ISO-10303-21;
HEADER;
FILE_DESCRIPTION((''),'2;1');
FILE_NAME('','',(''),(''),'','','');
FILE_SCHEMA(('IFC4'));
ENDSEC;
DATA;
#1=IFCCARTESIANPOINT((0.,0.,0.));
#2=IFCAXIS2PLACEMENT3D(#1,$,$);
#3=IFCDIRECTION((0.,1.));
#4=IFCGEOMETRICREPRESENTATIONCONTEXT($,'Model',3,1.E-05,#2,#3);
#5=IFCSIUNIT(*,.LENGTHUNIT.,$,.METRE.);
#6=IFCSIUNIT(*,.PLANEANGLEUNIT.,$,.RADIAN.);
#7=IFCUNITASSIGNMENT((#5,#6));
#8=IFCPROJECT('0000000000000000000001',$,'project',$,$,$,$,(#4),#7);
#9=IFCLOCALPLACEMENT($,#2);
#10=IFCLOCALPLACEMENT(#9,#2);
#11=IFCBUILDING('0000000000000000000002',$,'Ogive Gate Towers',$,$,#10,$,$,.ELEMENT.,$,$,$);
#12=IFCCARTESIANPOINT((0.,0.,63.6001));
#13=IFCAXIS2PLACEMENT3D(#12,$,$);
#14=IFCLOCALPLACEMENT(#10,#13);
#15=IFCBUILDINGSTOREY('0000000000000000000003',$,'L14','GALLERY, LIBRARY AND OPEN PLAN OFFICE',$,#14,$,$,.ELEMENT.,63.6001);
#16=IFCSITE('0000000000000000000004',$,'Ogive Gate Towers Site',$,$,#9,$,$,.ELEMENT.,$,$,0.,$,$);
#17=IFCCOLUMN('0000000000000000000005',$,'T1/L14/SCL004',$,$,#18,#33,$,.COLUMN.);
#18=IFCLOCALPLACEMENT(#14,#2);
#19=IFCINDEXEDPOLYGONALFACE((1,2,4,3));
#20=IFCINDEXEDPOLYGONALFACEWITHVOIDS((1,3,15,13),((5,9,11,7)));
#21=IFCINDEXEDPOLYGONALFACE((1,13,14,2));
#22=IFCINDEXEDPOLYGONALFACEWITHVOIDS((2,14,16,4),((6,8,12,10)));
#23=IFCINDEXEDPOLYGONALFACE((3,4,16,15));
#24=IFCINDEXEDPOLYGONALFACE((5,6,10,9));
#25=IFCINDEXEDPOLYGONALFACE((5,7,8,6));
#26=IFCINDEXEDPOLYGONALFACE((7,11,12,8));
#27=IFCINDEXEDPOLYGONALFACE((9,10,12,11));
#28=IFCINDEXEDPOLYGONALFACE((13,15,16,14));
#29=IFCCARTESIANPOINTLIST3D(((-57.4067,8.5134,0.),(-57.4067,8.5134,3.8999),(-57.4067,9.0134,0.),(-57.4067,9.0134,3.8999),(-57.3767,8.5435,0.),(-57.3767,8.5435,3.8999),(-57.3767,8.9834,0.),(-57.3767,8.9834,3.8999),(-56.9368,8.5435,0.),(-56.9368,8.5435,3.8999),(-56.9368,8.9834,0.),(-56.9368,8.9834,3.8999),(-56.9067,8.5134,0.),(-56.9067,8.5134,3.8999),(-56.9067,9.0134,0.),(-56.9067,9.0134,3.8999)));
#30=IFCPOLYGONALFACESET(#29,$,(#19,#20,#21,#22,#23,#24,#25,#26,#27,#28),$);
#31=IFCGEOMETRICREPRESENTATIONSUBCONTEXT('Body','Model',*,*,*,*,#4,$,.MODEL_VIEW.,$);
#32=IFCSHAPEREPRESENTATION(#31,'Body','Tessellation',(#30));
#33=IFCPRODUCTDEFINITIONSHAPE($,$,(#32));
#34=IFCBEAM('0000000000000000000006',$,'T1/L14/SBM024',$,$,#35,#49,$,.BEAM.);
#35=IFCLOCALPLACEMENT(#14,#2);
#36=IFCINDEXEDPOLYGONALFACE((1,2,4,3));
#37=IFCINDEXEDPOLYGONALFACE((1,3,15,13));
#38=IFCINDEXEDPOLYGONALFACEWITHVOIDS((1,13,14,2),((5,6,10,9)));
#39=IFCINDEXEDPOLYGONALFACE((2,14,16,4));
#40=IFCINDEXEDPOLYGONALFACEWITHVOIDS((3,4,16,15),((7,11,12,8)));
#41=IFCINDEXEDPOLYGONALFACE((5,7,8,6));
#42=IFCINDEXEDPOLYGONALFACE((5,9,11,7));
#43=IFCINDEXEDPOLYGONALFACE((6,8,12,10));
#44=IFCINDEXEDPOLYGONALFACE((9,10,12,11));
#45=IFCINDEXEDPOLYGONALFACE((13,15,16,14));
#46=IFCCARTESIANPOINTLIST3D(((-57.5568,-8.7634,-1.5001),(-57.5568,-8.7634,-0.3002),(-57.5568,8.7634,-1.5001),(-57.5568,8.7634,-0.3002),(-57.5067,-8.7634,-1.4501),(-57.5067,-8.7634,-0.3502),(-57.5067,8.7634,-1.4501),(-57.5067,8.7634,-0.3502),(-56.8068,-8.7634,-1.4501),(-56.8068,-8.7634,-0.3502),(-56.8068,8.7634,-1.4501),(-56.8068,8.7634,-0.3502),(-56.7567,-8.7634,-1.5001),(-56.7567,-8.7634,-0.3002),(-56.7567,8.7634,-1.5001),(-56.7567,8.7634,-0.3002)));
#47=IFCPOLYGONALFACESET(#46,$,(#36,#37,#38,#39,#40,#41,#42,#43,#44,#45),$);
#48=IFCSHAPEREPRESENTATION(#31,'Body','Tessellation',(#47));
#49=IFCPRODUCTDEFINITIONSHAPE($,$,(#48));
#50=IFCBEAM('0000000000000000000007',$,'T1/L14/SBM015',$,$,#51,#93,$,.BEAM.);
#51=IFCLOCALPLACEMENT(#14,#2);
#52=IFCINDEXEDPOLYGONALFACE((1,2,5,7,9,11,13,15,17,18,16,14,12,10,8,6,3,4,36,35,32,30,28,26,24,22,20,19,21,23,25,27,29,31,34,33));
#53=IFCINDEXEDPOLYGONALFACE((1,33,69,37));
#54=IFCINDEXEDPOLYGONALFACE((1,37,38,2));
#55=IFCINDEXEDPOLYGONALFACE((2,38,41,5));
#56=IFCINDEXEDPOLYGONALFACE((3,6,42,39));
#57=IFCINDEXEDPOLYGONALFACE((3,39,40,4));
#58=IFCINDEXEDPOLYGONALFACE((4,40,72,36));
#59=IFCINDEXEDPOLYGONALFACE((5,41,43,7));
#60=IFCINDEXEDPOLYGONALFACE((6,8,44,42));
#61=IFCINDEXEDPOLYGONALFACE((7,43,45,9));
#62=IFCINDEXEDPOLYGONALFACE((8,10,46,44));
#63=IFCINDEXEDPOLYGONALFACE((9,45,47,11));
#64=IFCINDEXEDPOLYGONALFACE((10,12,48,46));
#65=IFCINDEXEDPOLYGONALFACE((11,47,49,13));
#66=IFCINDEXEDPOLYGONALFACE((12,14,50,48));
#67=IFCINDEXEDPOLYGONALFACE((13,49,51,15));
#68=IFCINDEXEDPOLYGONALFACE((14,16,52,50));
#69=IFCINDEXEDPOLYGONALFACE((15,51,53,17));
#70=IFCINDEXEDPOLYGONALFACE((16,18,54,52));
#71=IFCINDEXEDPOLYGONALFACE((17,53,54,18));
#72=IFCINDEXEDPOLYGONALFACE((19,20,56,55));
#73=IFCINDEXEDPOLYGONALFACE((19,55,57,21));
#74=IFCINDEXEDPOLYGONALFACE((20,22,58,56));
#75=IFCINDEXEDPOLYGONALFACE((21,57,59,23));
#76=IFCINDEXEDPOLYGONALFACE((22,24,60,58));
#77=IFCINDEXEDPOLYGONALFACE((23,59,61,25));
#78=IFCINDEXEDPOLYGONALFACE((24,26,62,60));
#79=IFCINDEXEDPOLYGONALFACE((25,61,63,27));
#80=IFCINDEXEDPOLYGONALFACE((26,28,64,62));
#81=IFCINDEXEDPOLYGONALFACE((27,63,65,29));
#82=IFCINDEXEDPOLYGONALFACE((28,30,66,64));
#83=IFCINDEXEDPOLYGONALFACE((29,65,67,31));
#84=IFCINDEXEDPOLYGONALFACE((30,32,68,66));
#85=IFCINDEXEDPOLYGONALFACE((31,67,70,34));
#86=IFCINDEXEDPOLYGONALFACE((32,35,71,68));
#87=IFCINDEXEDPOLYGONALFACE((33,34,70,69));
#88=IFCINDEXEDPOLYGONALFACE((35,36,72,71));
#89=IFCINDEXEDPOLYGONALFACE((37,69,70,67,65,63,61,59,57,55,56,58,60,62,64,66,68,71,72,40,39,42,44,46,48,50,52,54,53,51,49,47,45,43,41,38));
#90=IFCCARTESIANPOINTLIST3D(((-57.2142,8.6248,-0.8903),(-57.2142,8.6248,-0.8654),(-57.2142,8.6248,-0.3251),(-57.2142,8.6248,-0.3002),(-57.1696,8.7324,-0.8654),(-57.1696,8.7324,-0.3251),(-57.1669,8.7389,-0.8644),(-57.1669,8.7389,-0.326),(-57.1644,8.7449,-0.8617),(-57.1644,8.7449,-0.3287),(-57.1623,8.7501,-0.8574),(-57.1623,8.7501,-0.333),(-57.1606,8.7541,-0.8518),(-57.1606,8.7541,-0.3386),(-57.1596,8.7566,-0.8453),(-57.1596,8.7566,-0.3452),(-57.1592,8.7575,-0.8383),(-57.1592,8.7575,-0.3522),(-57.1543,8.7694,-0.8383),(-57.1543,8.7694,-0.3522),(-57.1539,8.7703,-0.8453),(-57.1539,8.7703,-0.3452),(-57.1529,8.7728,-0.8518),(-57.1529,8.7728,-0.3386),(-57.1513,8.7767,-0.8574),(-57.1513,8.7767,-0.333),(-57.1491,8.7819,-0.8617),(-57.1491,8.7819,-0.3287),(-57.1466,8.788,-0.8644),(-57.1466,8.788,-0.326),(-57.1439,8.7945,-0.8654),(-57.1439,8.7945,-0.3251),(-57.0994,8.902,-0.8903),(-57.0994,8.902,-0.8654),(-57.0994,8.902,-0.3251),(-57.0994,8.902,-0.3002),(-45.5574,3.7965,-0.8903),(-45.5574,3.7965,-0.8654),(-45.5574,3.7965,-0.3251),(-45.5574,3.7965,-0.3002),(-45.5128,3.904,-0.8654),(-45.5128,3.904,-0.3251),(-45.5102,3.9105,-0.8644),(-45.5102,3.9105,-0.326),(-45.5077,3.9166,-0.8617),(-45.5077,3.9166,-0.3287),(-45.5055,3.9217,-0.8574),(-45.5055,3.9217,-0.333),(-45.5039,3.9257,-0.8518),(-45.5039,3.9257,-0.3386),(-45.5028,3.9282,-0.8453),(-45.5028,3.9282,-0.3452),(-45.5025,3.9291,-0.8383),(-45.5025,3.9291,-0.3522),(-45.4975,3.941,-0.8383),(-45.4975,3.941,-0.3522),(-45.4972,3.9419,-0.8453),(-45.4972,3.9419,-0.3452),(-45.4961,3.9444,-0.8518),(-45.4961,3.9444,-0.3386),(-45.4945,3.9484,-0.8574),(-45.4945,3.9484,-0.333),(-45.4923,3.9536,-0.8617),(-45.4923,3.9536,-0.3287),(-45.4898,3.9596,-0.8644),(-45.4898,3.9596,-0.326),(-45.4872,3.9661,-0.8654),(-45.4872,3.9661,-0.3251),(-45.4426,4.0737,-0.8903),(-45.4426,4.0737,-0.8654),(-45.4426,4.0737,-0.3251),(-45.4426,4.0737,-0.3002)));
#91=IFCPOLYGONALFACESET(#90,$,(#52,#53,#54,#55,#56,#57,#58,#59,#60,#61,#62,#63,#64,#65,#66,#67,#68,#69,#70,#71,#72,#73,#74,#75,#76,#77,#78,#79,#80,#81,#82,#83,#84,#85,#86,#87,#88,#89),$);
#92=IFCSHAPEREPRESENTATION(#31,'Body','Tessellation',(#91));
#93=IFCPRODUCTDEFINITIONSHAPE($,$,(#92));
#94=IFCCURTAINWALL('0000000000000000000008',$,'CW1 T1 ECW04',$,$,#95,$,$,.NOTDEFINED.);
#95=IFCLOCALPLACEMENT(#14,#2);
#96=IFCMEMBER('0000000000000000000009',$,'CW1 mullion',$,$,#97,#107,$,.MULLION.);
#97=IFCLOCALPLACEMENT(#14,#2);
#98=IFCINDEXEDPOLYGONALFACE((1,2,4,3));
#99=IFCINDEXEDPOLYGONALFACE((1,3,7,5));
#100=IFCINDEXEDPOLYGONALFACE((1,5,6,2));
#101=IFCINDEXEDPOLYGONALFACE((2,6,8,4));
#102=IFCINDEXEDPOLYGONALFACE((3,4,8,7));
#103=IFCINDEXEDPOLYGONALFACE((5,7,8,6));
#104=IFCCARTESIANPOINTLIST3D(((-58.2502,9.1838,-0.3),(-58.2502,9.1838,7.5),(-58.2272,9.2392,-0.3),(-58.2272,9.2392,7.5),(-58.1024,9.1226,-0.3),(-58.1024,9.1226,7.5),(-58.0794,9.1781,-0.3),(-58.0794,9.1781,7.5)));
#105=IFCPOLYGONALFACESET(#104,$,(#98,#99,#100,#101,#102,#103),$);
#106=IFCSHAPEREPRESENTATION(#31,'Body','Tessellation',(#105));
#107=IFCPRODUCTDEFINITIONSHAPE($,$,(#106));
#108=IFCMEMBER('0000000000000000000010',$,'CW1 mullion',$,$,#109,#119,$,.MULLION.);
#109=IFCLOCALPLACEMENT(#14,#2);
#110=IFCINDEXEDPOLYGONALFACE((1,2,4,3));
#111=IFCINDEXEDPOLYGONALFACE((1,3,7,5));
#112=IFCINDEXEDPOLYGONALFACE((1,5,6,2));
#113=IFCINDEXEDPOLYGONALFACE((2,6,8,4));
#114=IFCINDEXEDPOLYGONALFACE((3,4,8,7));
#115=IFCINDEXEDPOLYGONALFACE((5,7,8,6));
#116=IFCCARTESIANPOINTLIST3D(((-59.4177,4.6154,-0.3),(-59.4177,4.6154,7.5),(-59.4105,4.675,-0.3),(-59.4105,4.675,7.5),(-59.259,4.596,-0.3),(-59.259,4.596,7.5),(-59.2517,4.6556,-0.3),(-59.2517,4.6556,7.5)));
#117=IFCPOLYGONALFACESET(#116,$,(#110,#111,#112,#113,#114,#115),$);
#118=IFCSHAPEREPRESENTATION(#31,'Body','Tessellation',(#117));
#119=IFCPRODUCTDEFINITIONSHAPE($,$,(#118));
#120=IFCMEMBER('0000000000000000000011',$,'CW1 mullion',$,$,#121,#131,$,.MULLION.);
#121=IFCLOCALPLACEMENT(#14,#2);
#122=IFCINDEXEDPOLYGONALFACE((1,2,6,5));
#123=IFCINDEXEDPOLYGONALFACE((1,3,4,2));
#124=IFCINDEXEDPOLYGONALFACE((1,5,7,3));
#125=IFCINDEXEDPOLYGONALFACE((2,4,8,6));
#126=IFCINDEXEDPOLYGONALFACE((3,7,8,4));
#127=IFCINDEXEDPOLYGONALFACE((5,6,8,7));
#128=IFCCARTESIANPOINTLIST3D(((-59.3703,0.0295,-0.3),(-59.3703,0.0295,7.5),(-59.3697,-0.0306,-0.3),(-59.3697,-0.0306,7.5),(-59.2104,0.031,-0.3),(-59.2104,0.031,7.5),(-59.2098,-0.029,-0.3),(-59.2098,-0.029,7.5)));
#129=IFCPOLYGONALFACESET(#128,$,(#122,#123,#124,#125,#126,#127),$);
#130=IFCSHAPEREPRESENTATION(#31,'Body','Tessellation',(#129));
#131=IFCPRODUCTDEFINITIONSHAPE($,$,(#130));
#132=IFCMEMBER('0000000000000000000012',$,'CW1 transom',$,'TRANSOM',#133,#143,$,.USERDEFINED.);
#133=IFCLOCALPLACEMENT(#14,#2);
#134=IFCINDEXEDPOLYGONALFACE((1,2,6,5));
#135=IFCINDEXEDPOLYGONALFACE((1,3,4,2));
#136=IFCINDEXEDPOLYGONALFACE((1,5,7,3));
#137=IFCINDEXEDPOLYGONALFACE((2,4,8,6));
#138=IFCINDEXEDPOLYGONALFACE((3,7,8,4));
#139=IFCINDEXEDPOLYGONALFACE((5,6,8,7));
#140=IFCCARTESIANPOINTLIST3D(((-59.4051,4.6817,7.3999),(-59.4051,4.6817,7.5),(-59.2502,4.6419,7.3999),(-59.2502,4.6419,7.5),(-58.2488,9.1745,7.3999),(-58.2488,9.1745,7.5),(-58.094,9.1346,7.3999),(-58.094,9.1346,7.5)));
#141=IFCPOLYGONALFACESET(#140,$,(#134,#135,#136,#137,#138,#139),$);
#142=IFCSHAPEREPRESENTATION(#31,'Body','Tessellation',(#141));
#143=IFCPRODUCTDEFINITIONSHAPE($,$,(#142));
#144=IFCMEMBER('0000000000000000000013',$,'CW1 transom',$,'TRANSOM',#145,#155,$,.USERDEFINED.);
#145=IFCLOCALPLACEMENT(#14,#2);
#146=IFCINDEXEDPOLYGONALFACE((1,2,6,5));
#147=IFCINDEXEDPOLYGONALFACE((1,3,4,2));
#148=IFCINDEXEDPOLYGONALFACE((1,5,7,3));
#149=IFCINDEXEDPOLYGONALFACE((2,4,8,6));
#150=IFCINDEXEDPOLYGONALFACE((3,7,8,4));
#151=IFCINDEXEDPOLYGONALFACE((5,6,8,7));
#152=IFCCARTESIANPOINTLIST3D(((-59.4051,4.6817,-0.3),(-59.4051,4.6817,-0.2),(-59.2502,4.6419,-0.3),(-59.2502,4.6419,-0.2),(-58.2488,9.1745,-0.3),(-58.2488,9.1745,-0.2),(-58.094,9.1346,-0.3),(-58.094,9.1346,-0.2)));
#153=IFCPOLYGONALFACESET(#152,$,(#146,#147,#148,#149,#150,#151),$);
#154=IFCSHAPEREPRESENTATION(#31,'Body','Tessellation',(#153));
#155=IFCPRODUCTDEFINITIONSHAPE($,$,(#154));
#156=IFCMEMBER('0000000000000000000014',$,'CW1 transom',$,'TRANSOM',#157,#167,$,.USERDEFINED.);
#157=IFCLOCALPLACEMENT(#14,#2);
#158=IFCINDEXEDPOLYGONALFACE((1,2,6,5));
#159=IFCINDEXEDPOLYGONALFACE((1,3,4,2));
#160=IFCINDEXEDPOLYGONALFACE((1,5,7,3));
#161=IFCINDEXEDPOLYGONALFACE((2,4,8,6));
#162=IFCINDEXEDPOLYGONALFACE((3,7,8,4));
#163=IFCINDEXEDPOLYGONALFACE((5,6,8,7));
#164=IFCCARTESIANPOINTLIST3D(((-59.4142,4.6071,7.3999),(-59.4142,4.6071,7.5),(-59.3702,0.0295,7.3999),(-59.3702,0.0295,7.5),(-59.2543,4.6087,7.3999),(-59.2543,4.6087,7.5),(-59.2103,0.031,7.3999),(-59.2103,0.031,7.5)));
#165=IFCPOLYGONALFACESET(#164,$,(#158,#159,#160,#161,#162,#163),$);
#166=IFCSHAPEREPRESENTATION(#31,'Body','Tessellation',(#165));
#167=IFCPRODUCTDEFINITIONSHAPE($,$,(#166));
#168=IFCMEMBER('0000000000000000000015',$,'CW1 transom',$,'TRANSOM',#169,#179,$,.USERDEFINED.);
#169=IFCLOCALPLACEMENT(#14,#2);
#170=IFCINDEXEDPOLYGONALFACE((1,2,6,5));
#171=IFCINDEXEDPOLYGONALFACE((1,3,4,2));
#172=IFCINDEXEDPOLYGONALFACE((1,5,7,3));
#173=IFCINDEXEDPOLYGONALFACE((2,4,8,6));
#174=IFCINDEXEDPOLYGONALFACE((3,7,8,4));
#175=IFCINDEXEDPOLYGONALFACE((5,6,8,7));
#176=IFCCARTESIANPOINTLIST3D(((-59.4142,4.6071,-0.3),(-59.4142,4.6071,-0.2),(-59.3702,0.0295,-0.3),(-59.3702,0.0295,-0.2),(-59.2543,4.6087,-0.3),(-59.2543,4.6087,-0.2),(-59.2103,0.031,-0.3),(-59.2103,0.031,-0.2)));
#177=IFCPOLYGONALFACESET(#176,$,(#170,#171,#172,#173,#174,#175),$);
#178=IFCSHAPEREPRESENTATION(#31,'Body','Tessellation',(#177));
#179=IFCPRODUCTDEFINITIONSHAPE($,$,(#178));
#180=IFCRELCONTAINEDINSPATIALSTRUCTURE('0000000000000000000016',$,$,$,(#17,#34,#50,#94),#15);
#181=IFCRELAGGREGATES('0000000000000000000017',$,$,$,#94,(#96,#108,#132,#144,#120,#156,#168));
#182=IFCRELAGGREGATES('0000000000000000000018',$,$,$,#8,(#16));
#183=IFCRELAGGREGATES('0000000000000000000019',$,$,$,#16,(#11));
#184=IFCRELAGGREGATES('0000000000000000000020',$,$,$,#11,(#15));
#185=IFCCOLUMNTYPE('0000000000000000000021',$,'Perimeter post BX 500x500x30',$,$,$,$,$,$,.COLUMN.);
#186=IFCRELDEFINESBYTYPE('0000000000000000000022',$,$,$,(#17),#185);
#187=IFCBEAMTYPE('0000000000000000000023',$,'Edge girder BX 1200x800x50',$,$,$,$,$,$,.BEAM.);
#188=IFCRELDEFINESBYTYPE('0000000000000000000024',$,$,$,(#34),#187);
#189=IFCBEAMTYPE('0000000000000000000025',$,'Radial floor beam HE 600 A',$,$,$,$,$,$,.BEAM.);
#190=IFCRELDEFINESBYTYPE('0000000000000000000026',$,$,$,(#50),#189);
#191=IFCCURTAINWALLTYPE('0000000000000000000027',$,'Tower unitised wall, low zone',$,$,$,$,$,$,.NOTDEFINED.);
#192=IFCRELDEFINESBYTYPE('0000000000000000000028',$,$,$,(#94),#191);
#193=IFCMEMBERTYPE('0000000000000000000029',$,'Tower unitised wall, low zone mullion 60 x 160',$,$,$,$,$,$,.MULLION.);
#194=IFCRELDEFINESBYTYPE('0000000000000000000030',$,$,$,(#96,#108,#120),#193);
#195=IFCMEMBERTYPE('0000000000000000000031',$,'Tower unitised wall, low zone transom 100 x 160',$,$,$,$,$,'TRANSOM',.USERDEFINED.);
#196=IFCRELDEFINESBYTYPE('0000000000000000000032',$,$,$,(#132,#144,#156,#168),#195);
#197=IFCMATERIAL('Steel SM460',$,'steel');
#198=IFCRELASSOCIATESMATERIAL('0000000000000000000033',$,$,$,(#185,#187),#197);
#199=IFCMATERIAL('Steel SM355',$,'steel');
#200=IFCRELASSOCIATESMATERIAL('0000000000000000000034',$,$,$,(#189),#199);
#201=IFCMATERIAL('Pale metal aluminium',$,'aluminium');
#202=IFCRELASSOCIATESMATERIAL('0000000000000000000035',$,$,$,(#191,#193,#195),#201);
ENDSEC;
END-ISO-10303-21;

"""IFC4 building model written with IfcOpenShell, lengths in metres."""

from ifc_helpers import new_model, si_unit, direction, frame, origin, origin_2d, place, context, subcontext, project, spatial, rectangle, hollow_rectangle, i_section, extrude, material, material_profile, profile_set, type_object, element, aggregate, save


model = new_model("IFC4")

# Units and contexts
model_context = context("Model", 3, precision=1e-05, world=origin(), true_north=direction((0.0, 1.0)))
body_context = subcontext(model_context, "Body", "Model", "MODEL_VIEW")
ifc_project = project(units=[si_unit("LENGTHUNIT", "METRE"), si_unit("PLANEANGLEUNIT", "RADIAN")], contexts=[model_context])

# Site, building, storey
site_placement = place(None, origin())
site = spatial("IfcSite", under=ifc_project, at=site_placement, Name="Ogive Gate Towers Site", CompositionType="ELEMENT", RefElevation=0.0)
building_placement = place(site_placement, origin())
building = spatial("IfcBuilding", under=site, at=building_placement, Name="Ogive Gate Towers", CompositionType="ELEMENT")
storey_placement = place(building_placement, frame((0.0, 0.0, 63.6001)))
storey = spatial("IfcBuildingStorey", under=building, at=storey_placement, Name="L14", Description="GALLERY, LIBRARY AND OPEN PLAN OFFICE", CompositionType="ELEMENT", Elevation=63.6001)

# Column
ifc_material_1 = material(Name="Steel SM460", Category="steel")
ifc_material_profile_1 = material_profile(ifc_material_1, hollow_rectangle(XDim=0.5, YDim=0.5, WallThickness=0.03, at=origin_2d()), Name="BX 500x500x30")
ifc_profile_set_1 = profile_set([ifc_material_profile_1], Name="Steel SM460")
column_type = type_object("IfcColumnType", Name="Perimeter post BX 500x500x30", PredefinedType="COLUMN", material=ifc_profile_set_1)
column_placement = place(storey_placement, frame((-57.1567, 8.7634, 0.0), z_axis=(0.0, 0.0, 1.0), x_axis=(1.0, 0.0, 0.0)))
element("IfcColumn", 1, at=column_placement, inside=storey, type_object=column_type, Name="T1/L14/SCL004", PredefinedType="COLUMN", context=body_context, shape_type="SweptSolid", body=[
    extrude(hollow_rectangle(XDim=0.5, YDim=0.5, WallThickness=0.03, at=origin_2d()), origin(), (0.0, 0.0, 1.0), 3.8999),
])

# Beams
ifc_material_profile_2 = material_profile(ifc_material_1, hollow_rectangle(XDim=0.8, YDim=1.2, WallThickness=0.05, at=origin_2d()), Name="BX 1200x800x50")
ifc_profile_set_2 = profile_set([ifc_material_profile_2], Name="Steel SM460")
beam_type_1 = type_object("IfcBeamType", Name="Edge girder BX 1200x800x50", PredefinedType="BEAM", material=ifc_profile_set_2)
beam_1_placement = place(storey_placement, frame((-57.1567, 8.7634, -0.9001), z_axis=(0.0, -1.0, 0.0), x_axis=(1.0, 0.0, 0.0)))
element("IfcBeam", 2, at=beam_1_placement, inside=storey, type_object=beam_type_1, Name="T1/L14/SBM024", PredefinedType="BEAM", context=body_context, shape_type="SweptSolid", body=[
    extrude(hollow_rectangle(XDim=0.8, YDim=1.2, WallThickness=0.05, at=origin_2d()), origin(), (0.0, 0.0, 1.0), 17.5269),
])
ifc_material_2 = material(Name="Steel SM355", Category="steel")
ifc_material_profile_3 = material_profile(ifc_material_2, i_section(OverallWidth=0.3, OverallDepth=0.5901, WebThickness=0.0129, FlangeThickness=0.0249, FilletRadius=0.0271, at=origin_2d()), Name="HE 600 A")
ifc_profile_set_3 = profile_set([ifc_material_profile_3], Name="Steel SM355")
beam_type_2 = type_object("IfcBeamType", Name="Radial floor beam HE 600 A", PredefinedType="BEAM", material=ifc_profile_set_3)
beam_2_placement = place(storey_placement, frame((-45.5, 3.9351, -0.5952), z_axis=(-0.92388, 0.382683, 0.0), x_axis=(-0.382683, -0.92388, 0.0)))
element("IfcBeam", 3, at=beam_2_placement, inside=storey, type_object=beam_type_2, Name="T1/L14/SBM015", PredefinedType="BEAM", context=body_context, shape_type="SweptSolid", body=[
    extrude(i_section(OverallWidth=0.3, OverallDepth=0.5901, WebThickness=0.0129, FlangeThickness=0.0249, FilletRadius=0.0271, at=origin_2d()), origin(), (0.0, 0.0, 1.0), 12.6172),
])

# Curtain wall, members
ifc_material_3 = material(Name="Pale metal aluminium", Category="aluminium")
curtain_wall_type = type_object("IfcCurtainWallType", Name="Tower unitised wall, low zone", PredefinedType="NOTDEFINED", material=ifc_material_3)
curtain_wall_placement = place(storey_placement, origin())
curtain_wall = element("IfcCurtainWall", 4, at=curtain_wall_placement, inside=storey, type_object=curtain_wall_type, Name="CW1 T1 ECW04", PredefinedType="NOTDEFINED")
ifc_material_profile_4 = material_profile(ifc_material_3, rectangle(XDim=0.1599, YDim=0.0601, at=origin_2d()), Name="60 x 160 aluminium box")
ifc_profile_set_4 = profile_set([ifc_material_profile_4], Name="Pale metal aluminium")
member_type_1 = type_object("IfcMemberType", Name="Tower unitised wall, low zone mullion 60 x 160", PredefinedType="MULLION", material=ifc_profile_set_4)
member_1_placement = place(storey_placement, frame((-58.1648, 9.1809, -0.3), z_axis=(0.0, 0.0, 1.0), x_axis=(-0.92388, 0.382683, 0.0)))
member_1 = element("IfcMember", 5, at=member_1_placement, type_object=member_type_1, Name="CW1 mullion", PredefinedType="MULLION", context=body_context, shape_type="SweptSolid", body=[
    extrude(rectangle(XDim=0.1599, YDim=0.0601, at=origin_2d()), origin(), (0.0, 0.0, 1.0), 7.8),
])
member_2_placement = place(storey_placement, frame((-59.3347, 4.6355, -0.3), z_axis=(0.0, 0.0, 1.0), x_axis=(-0.992671, 0.120847, 0.0)))
member_2 = element("IfcMember", 6, at=member_2_placement, type_object=member_type_1, Name="CW1 mullion", PredefinedType="MULLION", context=body_context, shape_type="SweptSolid", body=[
    extrude(rectangle(XDim=0.1599, YDim=0.0601, at=origin_2d()), origin(), (0.0, 0.0, 1.0), 7.8),
])
member_3_placement = place(storey_placement, frame((-59.29, 0.0002, -0.3), z_axis=(0.0, 0.0, 1.0), x_axis=(-0.999954, -0.009599, 0.0)))
member_3 = element("IfcMember", 7, at=member_3_placement, type_object=member_type_1, Name="CW1 mullion", PredefinedType="MULLION", context=body_context, shape_type="SweptSolid", body=[
    extrude(rectangle(XDim=0.1599, YDim=0.0601, at=origin_2d()), origin(), (0.0, 0.0, 1.0), 7.8),
])
ifc_material_profile_5 = material_profile(ifc_material_3, rectangle(XDim=0.1599, YDim=0.1001, at=origin_2d()), Name="100 x 160 aluminium box")
ifc_profile_set_5 = profile_set([ifc_material_profile_5], Name="Pale metal aluminium")
member_type_2 = type_object("IfcMemberType", Name="Tower unitised wall, low zone transom 100 x 160", ElementType="TRANSOM", PredefinedType="USERDEFINED", material=ifc_profile_set_5)
member_4_placement = place(storey_placement, frame((-58.1714, 9.1545, 7.45), z_axis=(-0.249241, -0.968441, 0.0), x_axis=(0.968441, -0.249241, 0.0)))
member_4 = element("IfcMember", 8, at=member_4_placement, type_object=member_type_2, Name="CW1 transom", ObjectType="TRANSOM", PredefinedType="USERDEFINED", context=body_context, shape_type="SweptSolid", body=[
    extrude(rectangle(XDim=0.1599, YDim=0.1001, at=origin_2d()), origin(), (0.0, 0.0, 1.0), 4.6392),
])
member_5_placement = place(storey_placement, frame((-58.1714, 9.1545, -0.25), z_axis=(-0.249241, -0.968441, 0.0), x_axis=(0.968441, -0.249241, 0.0)))
member_5 = element("IfcMember", 9, at=member_5_placement, type_object=member_type_2, Name="CW1 transom", ObjectType="TRANSOM", PredefinedType="USERDEFINED", context=body_context, shape_type="SweptSolid", body=[
    extrude(rectangle(XDim=0.1599, YDim=0.1001, at=origin_2d()), origin(), (0.0, 0.0, 1.0), 4.6392),
])
member_6_placement = place(storey_placement, frame((-59.3342, 4.6079, 7.45), z_axis=(0.0096, -0.999954, 0.0), x_axis=(0.999954, 0.0096, 0.0)))
member_6 = element("IfcMember", 10, at=member_6_placement, type_object=member_type_2, Name="CW1 transom", ObjectType="TRANSOM", PredefinedType="USERDEFINED", context=body_context, shape_type="SweptSolid", body=[
    extrude(rectangle(XDim=0.1599, YDim=0.1001, at=origin_2d()), origin(), (0.0, 0.0, 1.0), 4.5779),
])
member_7_placement = place(storey_placement, frame((-59.3342, 4.6079, -0.25), z_axis=(0.0096, -0.999954, 0.0), x_axis=(0.999954, 0.0096, 0.0)))
member_7 = element("IfcMember", 11, at=member_7_placement, type_object=member_type_2, Name="CW1 transom", ObjectType="TRANSOM", PredefinedType="USERDEFINED", context=body_context, shape_type="SweptSolid", body=[
    extrude(rectangle(XDim=0.1599, YDim=0.1001, at=origin_2d()), origin(), (0.0, 0.0, 1.0), 4.5779),
])
aggregate(curtain_wall, [member_1, member_2, member_4, member_5, member_3, member_6, member_7])

save(model, "model.ifc")
